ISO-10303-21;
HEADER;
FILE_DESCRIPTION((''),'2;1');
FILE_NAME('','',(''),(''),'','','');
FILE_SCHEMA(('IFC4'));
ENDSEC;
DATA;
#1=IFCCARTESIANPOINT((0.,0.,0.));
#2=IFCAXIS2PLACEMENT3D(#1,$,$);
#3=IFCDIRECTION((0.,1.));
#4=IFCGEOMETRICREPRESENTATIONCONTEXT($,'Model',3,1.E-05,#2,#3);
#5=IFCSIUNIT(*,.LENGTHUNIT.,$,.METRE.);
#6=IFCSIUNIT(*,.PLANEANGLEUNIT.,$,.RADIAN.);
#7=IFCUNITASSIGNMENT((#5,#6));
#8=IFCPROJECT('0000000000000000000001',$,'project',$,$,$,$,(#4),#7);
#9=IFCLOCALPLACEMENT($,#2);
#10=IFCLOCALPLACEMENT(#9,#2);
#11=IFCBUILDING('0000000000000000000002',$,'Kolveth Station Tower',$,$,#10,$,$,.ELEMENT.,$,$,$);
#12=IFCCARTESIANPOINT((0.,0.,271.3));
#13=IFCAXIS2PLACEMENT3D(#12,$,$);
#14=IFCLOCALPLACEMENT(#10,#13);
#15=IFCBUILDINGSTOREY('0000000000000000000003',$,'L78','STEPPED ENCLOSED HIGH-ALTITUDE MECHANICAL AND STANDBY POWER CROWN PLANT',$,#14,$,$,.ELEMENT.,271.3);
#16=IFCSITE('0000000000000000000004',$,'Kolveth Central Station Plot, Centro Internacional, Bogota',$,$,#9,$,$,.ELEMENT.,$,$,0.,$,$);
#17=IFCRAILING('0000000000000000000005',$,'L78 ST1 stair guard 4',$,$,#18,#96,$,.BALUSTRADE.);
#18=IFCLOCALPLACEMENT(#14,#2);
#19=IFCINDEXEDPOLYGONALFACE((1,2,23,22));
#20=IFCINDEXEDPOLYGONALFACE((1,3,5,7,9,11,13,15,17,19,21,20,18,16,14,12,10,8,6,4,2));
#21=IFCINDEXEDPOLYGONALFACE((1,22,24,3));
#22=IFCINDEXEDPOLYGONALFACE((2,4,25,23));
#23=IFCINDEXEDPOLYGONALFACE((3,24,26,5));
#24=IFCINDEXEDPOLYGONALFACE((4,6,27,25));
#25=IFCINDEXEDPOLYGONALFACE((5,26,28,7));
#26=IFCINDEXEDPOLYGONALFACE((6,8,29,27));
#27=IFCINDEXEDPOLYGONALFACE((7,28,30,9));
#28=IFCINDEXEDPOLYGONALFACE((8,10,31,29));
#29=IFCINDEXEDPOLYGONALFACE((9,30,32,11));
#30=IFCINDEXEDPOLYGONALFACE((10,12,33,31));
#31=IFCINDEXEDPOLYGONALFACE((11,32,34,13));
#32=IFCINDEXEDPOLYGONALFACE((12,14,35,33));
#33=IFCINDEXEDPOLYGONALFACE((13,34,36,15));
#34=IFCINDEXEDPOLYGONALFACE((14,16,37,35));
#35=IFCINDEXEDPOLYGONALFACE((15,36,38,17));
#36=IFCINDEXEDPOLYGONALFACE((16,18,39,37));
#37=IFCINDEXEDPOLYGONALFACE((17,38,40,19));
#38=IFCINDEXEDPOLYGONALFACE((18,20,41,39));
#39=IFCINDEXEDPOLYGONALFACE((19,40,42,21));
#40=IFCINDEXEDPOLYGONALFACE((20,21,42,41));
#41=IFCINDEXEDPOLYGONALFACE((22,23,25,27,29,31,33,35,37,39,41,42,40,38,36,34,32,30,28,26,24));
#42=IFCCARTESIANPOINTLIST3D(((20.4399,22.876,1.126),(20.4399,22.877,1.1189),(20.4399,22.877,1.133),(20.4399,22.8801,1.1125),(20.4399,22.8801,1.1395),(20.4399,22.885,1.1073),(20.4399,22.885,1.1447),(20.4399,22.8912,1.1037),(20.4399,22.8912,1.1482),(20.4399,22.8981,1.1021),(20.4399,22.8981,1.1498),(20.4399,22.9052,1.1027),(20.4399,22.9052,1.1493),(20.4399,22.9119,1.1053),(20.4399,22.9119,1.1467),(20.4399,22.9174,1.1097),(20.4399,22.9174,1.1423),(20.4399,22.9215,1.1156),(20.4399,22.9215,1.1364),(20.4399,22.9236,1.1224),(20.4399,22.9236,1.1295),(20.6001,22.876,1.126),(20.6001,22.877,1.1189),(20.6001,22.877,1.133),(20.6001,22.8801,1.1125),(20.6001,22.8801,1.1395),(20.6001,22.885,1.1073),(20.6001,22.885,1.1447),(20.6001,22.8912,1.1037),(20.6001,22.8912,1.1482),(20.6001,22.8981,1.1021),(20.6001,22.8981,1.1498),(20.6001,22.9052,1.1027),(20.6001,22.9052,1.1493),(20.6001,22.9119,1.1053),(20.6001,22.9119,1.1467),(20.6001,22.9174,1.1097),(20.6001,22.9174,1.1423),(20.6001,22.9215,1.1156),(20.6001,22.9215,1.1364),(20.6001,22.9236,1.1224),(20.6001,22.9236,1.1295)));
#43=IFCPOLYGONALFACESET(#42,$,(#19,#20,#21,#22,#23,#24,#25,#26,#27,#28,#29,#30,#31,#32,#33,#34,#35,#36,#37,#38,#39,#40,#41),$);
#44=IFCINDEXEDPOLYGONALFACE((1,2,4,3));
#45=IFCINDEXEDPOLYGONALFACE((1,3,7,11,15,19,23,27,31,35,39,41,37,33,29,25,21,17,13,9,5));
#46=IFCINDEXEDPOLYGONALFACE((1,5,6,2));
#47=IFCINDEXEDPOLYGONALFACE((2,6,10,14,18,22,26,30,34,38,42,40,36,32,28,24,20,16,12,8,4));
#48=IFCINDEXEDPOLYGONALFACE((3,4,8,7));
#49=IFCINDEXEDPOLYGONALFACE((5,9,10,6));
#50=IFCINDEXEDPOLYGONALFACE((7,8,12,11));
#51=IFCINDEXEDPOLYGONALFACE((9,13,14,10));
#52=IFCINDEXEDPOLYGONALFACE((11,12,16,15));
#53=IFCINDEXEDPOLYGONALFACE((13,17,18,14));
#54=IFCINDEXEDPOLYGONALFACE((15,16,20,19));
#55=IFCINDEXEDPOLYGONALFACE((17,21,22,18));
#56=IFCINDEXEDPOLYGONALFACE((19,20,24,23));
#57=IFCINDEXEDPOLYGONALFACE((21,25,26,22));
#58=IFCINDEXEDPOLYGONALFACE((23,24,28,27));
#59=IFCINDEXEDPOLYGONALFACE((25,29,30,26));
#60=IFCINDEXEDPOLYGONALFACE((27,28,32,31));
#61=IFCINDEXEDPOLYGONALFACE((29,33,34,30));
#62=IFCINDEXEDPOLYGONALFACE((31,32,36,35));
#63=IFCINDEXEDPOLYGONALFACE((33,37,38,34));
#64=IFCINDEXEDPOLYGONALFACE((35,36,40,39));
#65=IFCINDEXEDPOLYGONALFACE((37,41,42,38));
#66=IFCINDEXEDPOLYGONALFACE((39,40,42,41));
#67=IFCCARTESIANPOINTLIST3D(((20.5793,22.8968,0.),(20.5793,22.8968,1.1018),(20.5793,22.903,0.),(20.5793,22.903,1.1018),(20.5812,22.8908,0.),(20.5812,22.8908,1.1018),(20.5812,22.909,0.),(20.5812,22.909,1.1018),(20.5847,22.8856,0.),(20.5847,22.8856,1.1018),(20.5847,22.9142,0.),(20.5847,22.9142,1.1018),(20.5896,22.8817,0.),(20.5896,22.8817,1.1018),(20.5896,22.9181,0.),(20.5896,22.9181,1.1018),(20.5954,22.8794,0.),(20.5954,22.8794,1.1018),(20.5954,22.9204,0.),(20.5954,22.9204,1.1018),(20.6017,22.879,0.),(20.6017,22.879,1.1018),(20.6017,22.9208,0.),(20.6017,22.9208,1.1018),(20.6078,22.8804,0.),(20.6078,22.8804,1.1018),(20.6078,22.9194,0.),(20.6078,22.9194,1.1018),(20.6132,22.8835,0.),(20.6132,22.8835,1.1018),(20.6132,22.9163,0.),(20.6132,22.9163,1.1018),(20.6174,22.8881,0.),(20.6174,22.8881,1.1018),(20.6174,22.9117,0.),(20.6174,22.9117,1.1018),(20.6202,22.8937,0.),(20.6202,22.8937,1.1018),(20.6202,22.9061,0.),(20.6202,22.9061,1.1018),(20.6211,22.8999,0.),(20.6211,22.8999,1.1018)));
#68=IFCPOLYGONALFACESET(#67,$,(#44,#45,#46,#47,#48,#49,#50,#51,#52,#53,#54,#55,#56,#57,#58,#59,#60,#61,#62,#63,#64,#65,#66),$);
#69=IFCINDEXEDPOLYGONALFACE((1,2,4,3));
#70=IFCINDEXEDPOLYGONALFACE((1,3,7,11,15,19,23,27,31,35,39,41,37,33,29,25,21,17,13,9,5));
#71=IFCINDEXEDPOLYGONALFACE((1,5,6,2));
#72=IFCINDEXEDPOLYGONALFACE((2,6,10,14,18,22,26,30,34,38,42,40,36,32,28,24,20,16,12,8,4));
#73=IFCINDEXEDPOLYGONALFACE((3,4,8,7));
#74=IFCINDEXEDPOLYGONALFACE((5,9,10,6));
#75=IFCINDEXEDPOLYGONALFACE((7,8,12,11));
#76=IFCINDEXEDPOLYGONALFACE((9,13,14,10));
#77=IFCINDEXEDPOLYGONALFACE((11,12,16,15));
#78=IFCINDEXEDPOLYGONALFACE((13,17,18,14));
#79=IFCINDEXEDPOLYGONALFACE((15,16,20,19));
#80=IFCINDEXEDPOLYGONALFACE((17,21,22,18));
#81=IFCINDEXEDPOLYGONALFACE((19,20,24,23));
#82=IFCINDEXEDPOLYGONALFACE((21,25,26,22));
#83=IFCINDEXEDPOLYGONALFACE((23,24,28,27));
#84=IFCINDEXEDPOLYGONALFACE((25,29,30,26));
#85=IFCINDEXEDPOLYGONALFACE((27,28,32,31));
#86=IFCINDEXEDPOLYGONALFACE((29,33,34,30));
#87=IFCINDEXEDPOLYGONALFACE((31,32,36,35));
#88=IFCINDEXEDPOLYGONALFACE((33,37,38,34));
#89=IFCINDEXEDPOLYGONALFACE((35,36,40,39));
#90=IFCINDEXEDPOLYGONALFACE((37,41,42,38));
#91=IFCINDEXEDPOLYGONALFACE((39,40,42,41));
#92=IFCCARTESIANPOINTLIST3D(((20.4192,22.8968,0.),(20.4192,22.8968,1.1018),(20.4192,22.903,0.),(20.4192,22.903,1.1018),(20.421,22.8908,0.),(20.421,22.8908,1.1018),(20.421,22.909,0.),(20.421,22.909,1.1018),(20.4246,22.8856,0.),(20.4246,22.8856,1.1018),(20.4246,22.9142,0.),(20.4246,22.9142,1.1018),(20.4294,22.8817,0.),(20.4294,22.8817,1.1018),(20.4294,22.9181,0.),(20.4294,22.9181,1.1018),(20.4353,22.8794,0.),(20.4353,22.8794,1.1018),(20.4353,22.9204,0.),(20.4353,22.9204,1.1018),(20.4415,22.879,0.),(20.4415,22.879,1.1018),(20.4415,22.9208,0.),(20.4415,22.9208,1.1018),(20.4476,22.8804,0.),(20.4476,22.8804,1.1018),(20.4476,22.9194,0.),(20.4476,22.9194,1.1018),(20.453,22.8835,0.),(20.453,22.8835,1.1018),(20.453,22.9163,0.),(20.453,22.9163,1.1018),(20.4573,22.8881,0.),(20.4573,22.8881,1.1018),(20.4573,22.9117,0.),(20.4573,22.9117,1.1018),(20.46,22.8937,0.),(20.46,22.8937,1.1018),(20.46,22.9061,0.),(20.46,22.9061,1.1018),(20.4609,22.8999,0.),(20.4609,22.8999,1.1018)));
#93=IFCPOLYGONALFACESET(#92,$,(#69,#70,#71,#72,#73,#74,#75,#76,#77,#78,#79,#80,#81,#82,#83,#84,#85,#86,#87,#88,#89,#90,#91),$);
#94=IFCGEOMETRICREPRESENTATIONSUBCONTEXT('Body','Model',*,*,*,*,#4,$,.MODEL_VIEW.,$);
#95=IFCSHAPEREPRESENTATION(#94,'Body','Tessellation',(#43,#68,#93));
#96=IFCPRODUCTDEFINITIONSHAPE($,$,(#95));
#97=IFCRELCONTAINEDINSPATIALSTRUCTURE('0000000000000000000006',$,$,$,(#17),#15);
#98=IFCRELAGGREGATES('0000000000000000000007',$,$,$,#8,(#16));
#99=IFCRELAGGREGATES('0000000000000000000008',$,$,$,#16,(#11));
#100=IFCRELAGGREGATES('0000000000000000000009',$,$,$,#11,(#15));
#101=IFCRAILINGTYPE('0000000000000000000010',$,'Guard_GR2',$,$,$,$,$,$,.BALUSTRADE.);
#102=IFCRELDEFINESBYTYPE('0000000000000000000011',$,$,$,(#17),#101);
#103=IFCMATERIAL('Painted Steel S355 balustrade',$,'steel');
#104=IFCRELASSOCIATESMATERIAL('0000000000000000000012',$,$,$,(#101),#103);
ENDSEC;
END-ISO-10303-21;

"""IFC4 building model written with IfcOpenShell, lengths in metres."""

from ifc_helpers import new_model, si_unit, direction, frame, origin, origin_2d, place, context, subcontext, project, spatial, circle, extrude, material, type_object, element, save


model = new_model("IFC4")

# Units and contexts
model_context = context("Model", 3, precision=1e-05, world=origin(), true_north=direction((0.0, 1.0)))
body_context = subcontext(model_context, "Body", "Model", "MODEL_VIEW")
ifc_project = project(units=[si_unit("LENGTHUNIT", "METRE"), si_unit("PLANEANGLEUNIT", "RADIAN")], contexts=[model_context])

# Site, building, storey
site_placement = place(None, origin())
site = spatial("IfcSite", under=ifc_project, at=site_placement, Name="Kolveth Central Station Plot, Centro Internacional, Bogota", CompositionType="ELEMENT", RefElevation=0.0)
building_placement = place(site_placement, origin())
building = spatial("IfcBuilding", under=site, at=building_placement, Name="Kolveth Station Tower", CompositionType="ELEMENT")
storey_placement = place(building_placement, frame((0.0, 0.0, 271.3)))
storey = spatial("IfcBuildingStorey", under=building, at=storey_placement, Name="L78", Description="STEPPED ENCLOSED HIGH-ALTITUDE MECHANICAL AND STANDBY POWER CROWN PLANT", CompositionType="ELEMENT", Elevation=271.3)

# Railing
ifc_material_1 = material(Name="Painted Steel S355 balustrade", Category="steel")
railing_type_1 = type_object("IfcRailingType", Name="Guard_GR2", PredefinedType="BALUSTRADE", material=ifc_material_1)
railing_1_placement = place(storey_placement, frame((20.6001, 22.8999, 0.0)))
element("IfcRailing", 1, at=railing_1_placement, inside=storey, type_object=railing_type_1, Name="L78 ST1 stair guard 4", PredefinedType="BALUSTRADE", context=body_context, shape_type="SweptSolid", body=[
    extrude(circle(Radius=0.0239, at=origin_2d()), frame((0.0, 0.0, 1.126), z_axis=(-1.0, 0.0, 0.0), x_axis=(0.0, -1.0, 0.0)), (0.0, 0.0, 1.0), 0.1602),
    extrude(circle(Radius=0.021, at=origin_2d()), origin(), (0.0, 0.0, 1.0), 1.1018),
    extrude(circle(Radius=0.021, at=origin_2d()), frame((-0.1602, 0.0, 0.0)), (0.0, 0.0, 1.0), 1.1018),
])

save(model, "model.ifc")
